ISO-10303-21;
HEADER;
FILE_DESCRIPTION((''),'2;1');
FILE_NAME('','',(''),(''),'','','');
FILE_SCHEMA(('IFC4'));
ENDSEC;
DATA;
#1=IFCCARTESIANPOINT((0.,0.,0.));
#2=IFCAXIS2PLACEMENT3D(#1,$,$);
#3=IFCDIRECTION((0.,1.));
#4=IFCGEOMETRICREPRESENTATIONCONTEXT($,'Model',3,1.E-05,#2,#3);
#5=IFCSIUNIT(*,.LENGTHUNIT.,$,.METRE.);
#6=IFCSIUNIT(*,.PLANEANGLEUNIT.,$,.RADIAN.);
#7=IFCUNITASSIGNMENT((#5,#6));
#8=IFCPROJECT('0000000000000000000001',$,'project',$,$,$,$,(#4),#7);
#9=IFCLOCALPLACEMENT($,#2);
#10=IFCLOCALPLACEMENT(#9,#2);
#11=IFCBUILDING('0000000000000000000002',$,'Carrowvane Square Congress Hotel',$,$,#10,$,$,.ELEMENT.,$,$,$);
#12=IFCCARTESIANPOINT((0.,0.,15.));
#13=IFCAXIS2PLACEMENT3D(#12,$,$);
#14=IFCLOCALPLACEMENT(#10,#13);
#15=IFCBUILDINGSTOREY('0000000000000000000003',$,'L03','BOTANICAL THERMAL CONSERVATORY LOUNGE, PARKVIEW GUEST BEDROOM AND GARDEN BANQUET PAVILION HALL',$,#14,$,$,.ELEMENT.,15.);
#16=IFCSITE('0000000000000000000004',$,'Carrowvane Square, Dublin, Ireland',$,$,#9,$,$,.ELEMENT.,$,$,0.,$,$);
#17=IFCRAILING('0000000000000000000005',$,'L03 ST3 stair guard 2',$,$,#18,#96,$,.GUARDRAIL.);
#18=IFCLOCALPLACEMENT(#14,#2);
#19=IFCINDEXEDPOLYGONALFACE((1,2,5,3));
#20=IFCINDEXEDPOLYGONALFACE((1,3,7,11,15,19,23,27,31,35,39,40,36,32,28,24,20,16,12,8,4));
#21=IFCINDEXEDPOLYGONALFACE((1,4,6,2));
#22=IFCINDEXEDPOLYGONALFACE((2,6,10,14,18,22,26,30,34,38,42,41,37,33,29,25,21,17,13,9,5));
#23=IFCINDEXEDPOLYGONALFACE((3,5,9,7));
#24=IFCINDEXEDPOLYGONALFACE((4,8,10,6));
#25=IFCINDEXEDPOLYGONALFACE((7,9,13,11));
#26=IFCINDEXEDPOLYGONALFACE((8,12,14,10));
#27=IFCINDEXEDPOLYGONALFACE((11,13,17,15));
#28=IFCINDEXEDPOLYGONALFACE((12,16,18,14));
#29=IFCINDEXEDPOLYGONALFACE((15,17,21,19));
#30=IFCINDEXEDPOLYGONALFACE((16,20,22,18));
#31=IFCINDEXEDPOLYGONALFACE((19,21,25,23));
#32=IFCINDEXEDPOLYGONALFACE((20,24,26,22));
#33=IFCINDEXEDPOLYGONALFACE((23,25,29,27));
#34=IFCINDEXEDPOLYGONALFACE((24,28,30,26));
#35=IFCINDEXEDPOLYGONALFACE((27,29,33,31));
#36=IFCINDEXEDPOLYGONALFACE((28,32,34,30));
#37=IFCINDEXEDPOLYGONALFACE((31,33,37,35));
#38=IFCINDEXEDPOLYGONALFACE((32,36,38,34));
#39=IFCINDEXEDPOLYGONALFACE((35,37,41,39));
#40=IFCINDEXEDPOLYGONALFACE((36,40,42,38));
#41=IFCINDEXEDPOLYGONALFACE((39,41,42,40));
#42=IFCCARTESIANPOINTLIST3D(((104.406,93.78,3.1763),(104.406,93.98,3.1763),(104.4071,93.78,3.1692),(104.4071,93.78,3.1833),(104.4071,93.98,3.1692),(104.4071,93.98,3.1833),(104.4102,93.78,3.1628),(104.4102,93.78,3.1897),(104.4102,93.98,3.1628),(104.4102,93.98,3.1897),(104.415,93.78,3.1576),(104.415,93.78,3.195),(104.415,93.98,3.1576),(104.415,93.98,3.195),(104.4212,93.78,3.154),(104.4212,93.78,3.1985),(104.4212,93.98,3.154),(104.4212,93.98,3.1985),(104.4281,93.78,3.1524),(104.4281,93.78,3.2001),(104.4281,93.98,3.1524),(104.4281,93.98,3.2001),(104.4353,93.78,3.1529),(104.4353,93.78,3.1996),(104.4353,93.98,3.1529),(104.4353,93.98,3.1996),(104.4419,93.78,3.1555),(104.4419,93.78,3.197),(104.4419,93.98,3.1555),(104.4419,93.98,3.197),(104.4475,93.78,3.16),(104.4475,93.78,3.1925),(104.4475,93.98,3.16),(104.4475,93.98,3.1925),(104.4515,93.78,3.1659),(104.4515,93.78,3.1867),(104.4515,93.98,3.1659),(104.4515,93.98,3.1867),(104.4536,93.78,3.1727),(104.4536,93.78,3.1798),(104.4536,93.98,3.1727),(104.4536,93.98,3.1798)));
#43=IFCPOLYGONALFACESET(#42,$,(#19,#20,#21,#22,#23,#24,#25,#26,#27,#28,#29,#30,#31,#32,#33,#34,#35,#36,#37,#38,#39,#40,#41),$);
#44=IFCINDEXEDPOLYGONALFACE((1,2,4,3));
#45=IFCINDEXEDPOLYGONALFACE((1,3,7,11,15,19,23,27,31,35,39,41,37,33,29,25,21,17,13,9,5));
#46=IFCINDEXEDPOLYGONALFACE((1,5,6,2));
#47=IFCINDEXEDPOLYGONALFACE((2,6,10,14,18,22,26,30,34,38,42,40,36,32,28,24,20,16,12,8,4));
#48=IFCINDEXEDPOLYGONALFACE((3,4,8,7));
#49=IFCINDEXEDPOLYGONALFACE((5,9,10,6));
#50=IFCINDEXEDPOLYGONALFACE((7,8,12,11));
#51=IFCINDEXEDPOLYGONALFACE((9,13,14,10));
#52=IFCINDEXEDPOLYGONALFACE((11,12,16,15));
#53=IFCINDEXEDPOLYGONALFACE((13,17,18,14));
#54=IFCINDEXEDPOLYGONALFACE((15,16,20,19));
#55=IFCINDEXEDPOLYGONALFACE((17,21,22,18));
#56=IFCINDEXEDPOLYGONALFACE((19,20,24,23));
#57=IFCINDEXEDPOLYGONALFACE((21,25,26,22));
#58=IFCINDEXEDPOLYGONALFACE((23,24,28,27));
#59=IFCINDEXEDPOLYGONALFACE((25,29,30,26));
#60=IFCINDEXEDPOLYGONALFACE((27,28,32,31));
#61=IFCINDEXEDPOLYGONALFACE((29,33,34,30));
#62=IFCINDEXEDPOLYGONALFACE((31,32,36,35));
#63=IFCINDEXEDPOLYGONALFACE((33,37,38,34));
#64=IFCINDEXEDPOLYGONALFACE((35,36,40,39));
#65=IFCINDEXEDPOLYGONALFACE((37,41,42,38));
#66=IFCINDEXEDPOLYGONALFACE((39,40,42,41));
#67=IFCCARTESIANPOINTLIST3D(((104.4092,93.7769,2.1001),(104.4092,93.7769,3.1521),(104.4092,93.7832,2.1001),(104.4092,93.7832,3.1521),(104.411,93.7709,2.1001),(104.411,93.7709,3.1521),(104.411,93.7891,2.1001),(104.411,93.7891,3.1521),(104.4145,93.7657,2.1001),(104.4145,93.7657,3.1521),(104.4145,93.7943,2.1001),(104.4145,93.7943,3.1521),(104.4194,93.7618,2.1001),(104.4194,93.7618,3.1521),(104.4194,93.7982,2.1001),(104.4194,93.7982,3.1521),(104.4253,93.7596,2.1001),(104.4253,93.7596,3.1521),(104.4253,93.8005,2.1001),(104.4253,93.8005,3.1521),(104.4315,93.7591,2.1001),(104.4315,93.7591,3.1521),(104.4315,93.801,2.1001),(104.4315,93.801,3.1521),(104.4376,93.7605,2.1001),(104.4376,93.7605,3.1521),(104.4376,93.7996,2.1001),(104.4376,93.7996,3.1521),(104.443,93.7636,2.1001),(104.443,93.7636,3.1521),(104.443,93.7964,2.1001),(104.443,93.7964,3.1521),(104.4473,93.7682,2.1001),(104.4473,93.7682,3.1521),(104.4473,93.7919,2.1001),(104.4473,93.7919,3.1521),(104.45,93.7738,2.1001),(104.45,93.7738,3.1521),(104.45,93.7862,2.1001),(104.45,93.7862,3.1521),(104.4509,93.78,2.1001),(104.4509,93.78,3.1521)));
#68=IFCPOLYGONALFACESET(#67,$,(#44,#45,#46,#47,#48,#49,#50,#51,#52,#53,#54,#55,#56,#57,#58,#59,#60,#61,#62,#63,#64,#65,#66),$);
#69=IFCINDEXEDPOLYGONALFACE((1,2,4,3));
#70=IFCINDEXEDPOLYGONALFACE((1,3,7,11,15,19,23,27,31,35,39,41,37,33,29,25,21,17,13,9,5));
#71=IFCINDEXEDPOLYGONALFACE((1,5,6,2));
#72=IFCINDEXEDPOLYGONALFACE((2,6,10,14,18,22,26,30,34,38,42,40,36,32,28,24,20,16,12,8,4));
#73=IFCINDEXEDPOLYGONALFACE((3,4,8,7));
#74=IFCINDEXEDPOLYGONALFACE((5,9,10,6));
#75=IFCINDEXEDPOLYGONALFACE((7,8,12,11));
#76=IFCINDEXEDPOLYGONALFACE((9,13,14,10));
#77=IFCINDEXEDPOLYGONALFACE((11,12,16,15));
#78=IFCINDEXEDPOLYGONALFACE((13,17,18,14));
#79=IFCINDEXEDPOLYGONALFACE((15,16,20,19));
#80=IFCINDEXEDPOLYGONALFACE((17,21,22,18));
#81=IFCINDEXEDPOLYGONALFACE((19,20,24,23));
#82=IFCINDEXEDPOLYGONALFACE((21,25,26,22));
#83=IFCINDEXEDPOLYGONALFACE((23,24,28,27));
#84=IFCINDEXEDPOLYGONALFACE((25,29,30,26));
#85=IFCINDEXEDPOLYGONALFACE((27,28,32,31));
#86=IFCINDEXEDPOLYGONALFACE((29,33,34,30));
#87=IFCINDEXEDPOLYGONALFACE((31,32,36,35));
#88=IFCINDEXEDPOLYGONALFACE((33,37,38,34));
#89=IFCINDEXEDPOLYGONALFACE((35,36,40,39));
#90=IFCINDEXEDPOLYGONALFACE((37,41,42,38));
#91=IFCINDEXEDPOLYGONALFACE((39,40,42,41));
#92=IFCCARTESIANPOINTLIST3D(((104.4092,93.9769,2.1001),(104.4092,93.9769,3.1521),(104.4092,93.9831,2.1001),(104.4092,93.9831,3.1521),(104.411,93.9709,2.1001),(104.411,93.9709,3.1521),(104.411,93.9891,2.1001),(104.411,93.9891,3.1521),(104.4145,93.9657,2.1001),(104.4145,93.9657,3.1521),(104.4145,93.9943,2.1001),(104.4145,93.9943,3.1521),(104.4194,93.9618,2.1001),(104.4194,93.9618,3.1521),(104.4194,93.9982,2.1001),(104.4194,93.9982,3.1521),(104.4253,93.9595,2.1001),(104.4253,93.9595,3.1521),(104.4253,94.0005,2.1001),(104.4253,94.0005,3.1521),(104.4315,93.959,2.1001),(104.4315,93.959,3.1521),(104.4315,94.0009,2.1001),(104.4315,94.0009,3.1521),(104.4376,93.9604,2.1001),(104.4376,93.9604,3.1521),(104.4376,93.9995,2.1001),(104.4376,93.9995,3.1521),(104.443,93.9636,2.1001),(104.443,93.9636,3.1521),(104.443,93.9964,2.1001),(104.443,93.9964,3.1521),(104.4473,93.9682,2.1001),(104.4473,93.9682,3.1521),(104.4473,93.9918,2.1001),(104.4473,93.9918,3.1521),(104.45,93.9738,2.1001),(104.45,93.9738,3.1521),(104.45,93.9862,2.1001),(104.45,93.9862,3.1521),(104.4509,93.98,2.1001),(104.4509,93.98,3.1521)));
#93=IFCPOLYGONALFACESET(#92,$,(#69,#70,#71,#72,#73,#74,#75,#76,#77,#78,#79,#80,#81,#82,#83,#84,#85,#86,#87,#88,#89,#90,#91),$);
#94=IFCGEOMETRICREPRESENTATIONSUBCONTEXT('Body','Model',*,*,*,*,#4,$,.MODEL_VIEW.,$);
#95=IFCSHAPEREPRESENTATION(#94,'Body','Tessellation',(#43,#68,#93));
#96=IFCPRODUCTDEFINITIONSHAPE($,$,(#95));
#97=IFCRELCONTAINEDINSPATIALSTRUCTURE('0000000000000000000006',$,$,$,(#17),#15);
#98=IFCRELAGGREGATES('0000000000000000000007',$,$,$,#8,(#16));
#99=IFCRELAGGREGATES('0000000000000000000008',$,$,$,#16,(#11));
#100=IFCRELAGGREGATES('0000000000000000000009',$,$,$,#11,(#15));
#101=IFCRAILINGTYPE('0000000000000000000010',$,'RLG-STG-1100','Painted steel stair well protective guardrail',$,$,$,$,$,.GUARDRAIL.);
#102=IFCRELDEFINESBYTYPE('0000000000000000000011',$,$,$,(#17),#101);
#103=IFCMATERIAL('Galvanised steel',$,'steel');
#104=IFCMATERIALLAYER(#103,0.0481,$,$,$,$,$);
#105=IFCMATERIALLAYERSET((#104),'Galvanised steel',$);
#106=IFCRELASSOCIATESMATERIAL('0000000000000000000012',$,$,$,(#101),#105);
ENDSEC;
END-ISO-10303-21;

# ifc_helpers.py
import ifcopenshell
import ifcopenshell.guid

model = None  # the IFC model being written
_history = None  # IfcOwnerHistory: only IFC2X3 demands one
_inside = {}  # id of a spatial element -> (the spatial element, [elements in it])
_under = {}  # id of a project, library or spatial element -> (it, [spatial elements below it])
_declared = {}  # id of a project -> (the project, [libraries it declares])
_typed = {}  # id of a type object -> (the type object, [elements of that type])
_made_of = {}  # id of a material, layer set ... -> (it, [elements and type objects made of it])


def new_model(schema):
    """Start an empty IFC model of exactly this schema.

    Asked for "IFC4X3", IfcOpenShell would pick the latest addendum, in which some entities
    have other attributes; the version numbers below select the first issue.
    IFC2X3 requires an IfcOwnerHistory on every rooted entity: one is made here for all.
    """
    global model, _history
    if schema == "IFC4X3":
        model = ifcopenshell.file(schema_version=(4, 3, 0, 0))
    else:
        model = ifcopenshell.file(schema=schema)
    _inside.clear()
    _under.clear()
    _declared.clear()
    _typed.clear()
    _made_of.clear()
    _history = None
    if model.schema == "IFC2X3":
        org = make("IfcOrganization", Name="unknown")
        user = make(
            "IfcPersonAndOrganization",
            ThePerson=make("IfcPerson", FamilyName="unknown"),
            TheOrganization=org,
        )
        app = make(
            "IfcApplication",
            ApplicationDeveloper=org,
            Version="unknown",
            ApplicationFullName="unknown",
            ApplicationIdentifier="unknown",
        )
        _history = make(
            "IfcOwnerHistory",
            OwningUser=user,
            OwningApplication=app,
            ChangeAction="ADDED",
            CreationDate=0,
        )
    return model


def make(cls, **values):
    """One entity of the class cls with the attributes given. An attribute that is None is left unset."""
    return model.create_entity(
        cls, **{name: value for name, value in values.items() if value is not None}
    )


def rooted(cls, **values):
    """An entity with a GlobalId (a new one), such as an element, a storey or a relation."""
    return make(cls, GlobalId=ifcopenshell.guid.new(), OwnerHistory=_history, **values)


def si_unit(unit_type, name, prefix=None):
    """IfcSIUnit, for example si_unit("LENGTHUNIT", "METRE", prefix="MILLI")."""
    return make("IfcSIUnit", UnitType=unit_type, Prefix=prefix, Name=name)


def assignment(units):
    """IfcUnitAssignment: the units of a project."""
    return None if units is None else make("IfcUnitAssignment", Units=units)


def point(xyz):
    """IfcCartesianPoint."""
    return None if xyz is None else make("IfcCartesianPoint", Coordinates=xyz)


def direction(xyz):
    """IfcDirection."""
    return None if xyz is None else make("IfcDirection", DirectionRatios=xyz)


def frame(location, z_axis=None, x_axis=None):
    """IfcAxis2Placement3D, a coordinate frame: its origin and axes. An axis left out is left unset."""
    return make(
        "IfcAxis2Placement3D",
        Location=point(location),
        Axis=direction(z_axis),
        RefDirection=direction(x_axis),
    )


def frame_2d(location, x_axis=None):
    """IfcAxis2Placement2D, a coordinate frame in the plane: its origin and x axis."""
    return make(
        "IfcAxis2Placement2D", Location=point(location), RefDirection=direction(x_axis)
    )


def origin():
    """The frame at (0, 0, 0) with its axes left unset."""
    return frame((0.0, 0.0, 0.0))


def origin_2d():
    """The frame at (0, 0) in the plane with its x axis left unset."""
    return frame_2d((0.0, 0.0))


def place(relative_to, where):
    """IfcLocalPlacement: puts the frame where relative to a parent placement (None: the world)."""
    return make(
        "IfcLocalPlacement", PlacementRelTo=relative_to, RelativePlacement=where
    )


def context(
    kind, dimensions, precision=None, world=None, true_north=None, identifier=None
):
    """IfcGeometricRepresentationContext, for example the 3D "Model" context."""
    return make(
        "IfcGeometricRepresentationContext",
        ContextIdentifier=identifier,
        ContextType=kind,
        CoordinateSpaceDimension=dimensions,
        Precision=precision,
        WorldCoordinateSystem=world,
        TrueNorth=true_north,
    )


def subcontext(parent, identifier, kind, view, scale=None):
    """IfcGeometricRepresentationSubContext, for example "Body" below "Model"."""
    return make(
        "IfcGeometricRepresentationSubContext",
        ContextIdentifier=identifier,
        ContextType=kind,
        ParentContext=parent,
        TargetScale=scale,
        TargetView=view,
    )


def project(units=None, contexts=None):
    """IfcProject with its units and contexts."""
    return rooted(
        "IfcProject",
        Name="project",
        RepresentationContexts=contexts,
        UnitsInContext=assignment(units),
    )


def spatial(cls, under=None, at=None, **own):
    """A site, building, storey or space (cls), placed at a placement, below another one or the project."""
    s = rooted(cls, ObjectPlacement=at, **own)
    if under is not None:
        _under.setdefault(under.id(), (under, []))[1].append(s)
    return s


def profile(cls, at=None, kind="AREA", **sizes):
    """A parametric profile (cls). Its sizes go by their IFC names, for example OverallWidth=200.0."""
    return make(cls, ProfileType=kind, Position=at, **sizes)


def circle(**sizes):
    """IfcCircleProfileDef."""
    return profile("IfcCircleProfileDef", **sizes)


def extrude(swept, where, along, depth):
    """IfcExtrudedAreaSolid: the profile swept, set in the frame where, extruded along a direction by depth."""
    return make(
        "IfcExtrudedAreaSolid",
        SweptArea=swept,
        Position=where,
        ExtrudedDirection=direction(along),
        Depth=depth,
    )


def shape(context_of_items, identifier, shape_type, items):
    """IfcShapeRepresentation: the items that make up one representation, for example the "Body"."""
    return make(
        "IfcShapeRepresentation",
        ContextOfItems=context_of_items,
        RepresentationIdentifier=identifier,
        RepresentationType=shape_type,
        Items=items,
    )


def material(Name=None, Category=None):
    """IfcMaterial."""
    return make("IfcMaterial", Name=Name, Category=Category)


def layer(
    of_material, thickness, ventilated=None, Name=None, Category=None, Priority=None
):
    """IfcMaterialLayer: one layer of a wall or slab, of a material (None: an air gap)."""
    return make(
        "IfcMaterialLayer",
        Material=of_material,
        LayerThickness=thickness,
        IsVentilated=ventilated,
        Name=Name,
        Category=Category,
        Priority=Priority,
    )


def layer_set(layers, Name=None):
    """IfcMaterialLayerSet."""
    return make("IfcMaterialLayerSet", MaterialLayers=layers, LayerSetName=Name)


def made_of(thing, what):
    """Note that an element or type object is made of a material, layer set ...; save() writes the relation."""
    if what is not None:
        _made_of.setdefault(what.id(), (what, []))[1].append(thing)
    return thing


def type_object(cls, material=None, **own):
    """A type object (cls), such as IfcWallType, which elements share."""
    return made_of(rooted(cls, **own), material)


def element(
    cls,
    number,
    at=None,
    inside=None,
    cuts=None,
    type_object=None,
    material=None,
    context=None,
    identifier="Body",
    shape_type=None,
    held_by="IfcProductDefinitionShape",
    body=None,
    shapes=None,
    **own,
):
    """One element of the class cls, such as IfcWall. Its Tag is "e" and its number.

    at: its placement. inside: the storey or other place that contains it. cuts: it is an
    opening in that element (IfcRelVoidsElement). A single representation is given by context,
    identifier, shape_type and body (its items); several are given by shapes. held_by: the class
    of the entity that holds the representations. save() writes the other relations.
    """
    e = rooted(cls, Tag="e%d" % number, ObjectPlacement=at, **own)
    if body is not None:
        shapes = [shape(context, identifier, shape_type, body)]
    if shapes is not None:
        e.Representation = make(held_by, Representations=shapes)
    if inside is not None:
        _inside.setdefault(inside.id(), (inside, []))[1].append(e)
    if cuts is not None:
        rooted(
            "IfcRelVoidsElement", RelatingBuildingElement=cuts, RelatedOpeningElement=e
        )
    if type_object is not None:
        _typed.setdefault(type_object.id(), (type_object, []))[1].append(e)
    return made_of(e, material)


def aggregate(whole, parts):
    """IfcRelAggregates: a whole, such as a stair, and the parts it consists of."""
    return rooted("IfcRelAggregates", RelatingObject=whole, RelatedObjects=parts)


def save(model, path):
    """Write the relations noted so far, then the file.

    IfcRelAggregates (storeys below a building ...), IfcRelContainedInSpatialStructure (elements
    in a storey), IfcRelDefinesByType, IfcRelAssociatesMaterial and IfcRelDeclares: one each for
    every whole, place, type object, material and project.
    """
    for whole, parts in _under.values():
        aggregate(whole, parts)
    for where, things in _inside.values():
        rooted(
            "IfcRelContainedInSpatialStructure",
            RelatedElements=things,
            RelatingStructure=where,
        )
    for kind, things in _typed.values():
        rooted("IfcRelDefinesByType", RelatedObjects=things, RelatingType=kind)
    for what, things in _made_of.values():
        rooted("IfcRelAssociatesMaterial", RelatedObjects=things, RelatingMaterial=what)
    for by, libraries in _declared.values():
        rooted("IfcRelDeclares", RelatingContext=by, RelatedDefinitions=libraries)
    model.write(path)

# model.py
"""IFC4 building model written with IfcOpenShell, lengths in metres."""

from ifc_helpers import new_model, si_unit, direction, frame, origin, origin_2d, place, context, subcontext, project, spatial, circle, extrude, material, layer, layer_set, type_object, element, save


model = new_model("IFC4")

# Units and contexts
model_context = context("Model", 3, precision=1e-05, world=origin(), true_north=direction((0.0, 1.0)))
body_context = subcontext(model_context, "Body", "Model", "MODEL_VIEW")
ifc_project = project(units=[si_unit("LENGTHUNIT", "METRE"), si_unit("PLANEANGLEUNIT", "RADIAN")], contexts=[model_context])

# Site, building, storey
site_placement = place(None, origin())
site = spatial("IfcSite", under=ifc_project, at=site_placement, Name="Carrowvane Square, Dublin, Ireland", CompositionType="ELEMENT", RefElevation=0.0)
building_placement = place(site_placement, origin())
building = spatial("IfcBuilding", under=site, at=building_placement, Name="Carrowvane Square Congress Hotel", CompositionType="ELEMENT")
storey_placement = place(building_placement, frame((0.0, 0.0, 15.0)))
storey = spatial("IfcBuildingStorey", under=building, at=storey_placement, Name="L03", Description="BOTANICAL THERMAL CONSERVATORY LOUNGE, PARKVIEW GUEST BEDROOM AND GARDEN BANQUET PAVILION HALL", CompositionType="ELEMENT", Elevation=15.0)

# Railing
ifc_material_1 = material(Name="Galvanised steel", Category="steel")
ifc_layer_1 = layer(ifc_material_1, 0.0481)
ifc_layer_set_1 = layer_set([ifc_layer_1], Name="Galvanised steel")
railing_type_1 = type_object("IfcRailingType", Name="RLG-STG-1100", Description="Painted steel stair well protective guardrail", PredefinedType="GUARDRAIL", material=ifc_layer_set_1)
railing_1_placement = place(storey_placement, frame((104.4299, 93.78, 2.1001)))
element("IfcRailing", 1, at=railing_1_placement, inside=storey, type_object=railing_type_1, Name="L03 ST3 stair guard 2", PredefinedType="GUARDRAIL", context=body_context, shape_type="SweptSolid", body=[
    extrude(circle(Radius=0.0239, at=origin_2d()), frame((0.0, 0.0, 1.0762), z_axis=(0.0, 1.0, 0.0), x_axis=(-1.0, 0.0, 0.0)), (0.0, 0.0, 1.0), 0.2),
    extrude(circle(Radius=0.021, at=origin_2d()), origin(), (0.0, 0.0, 1.0), 1.052),
    extrude(circle(Radius=0.021, at=origin_2d()), frame((0.0, 0.2, 0.0)), (0.0, 0.0, 1.0), 1.052),
])

save(model, "model.ifc")
